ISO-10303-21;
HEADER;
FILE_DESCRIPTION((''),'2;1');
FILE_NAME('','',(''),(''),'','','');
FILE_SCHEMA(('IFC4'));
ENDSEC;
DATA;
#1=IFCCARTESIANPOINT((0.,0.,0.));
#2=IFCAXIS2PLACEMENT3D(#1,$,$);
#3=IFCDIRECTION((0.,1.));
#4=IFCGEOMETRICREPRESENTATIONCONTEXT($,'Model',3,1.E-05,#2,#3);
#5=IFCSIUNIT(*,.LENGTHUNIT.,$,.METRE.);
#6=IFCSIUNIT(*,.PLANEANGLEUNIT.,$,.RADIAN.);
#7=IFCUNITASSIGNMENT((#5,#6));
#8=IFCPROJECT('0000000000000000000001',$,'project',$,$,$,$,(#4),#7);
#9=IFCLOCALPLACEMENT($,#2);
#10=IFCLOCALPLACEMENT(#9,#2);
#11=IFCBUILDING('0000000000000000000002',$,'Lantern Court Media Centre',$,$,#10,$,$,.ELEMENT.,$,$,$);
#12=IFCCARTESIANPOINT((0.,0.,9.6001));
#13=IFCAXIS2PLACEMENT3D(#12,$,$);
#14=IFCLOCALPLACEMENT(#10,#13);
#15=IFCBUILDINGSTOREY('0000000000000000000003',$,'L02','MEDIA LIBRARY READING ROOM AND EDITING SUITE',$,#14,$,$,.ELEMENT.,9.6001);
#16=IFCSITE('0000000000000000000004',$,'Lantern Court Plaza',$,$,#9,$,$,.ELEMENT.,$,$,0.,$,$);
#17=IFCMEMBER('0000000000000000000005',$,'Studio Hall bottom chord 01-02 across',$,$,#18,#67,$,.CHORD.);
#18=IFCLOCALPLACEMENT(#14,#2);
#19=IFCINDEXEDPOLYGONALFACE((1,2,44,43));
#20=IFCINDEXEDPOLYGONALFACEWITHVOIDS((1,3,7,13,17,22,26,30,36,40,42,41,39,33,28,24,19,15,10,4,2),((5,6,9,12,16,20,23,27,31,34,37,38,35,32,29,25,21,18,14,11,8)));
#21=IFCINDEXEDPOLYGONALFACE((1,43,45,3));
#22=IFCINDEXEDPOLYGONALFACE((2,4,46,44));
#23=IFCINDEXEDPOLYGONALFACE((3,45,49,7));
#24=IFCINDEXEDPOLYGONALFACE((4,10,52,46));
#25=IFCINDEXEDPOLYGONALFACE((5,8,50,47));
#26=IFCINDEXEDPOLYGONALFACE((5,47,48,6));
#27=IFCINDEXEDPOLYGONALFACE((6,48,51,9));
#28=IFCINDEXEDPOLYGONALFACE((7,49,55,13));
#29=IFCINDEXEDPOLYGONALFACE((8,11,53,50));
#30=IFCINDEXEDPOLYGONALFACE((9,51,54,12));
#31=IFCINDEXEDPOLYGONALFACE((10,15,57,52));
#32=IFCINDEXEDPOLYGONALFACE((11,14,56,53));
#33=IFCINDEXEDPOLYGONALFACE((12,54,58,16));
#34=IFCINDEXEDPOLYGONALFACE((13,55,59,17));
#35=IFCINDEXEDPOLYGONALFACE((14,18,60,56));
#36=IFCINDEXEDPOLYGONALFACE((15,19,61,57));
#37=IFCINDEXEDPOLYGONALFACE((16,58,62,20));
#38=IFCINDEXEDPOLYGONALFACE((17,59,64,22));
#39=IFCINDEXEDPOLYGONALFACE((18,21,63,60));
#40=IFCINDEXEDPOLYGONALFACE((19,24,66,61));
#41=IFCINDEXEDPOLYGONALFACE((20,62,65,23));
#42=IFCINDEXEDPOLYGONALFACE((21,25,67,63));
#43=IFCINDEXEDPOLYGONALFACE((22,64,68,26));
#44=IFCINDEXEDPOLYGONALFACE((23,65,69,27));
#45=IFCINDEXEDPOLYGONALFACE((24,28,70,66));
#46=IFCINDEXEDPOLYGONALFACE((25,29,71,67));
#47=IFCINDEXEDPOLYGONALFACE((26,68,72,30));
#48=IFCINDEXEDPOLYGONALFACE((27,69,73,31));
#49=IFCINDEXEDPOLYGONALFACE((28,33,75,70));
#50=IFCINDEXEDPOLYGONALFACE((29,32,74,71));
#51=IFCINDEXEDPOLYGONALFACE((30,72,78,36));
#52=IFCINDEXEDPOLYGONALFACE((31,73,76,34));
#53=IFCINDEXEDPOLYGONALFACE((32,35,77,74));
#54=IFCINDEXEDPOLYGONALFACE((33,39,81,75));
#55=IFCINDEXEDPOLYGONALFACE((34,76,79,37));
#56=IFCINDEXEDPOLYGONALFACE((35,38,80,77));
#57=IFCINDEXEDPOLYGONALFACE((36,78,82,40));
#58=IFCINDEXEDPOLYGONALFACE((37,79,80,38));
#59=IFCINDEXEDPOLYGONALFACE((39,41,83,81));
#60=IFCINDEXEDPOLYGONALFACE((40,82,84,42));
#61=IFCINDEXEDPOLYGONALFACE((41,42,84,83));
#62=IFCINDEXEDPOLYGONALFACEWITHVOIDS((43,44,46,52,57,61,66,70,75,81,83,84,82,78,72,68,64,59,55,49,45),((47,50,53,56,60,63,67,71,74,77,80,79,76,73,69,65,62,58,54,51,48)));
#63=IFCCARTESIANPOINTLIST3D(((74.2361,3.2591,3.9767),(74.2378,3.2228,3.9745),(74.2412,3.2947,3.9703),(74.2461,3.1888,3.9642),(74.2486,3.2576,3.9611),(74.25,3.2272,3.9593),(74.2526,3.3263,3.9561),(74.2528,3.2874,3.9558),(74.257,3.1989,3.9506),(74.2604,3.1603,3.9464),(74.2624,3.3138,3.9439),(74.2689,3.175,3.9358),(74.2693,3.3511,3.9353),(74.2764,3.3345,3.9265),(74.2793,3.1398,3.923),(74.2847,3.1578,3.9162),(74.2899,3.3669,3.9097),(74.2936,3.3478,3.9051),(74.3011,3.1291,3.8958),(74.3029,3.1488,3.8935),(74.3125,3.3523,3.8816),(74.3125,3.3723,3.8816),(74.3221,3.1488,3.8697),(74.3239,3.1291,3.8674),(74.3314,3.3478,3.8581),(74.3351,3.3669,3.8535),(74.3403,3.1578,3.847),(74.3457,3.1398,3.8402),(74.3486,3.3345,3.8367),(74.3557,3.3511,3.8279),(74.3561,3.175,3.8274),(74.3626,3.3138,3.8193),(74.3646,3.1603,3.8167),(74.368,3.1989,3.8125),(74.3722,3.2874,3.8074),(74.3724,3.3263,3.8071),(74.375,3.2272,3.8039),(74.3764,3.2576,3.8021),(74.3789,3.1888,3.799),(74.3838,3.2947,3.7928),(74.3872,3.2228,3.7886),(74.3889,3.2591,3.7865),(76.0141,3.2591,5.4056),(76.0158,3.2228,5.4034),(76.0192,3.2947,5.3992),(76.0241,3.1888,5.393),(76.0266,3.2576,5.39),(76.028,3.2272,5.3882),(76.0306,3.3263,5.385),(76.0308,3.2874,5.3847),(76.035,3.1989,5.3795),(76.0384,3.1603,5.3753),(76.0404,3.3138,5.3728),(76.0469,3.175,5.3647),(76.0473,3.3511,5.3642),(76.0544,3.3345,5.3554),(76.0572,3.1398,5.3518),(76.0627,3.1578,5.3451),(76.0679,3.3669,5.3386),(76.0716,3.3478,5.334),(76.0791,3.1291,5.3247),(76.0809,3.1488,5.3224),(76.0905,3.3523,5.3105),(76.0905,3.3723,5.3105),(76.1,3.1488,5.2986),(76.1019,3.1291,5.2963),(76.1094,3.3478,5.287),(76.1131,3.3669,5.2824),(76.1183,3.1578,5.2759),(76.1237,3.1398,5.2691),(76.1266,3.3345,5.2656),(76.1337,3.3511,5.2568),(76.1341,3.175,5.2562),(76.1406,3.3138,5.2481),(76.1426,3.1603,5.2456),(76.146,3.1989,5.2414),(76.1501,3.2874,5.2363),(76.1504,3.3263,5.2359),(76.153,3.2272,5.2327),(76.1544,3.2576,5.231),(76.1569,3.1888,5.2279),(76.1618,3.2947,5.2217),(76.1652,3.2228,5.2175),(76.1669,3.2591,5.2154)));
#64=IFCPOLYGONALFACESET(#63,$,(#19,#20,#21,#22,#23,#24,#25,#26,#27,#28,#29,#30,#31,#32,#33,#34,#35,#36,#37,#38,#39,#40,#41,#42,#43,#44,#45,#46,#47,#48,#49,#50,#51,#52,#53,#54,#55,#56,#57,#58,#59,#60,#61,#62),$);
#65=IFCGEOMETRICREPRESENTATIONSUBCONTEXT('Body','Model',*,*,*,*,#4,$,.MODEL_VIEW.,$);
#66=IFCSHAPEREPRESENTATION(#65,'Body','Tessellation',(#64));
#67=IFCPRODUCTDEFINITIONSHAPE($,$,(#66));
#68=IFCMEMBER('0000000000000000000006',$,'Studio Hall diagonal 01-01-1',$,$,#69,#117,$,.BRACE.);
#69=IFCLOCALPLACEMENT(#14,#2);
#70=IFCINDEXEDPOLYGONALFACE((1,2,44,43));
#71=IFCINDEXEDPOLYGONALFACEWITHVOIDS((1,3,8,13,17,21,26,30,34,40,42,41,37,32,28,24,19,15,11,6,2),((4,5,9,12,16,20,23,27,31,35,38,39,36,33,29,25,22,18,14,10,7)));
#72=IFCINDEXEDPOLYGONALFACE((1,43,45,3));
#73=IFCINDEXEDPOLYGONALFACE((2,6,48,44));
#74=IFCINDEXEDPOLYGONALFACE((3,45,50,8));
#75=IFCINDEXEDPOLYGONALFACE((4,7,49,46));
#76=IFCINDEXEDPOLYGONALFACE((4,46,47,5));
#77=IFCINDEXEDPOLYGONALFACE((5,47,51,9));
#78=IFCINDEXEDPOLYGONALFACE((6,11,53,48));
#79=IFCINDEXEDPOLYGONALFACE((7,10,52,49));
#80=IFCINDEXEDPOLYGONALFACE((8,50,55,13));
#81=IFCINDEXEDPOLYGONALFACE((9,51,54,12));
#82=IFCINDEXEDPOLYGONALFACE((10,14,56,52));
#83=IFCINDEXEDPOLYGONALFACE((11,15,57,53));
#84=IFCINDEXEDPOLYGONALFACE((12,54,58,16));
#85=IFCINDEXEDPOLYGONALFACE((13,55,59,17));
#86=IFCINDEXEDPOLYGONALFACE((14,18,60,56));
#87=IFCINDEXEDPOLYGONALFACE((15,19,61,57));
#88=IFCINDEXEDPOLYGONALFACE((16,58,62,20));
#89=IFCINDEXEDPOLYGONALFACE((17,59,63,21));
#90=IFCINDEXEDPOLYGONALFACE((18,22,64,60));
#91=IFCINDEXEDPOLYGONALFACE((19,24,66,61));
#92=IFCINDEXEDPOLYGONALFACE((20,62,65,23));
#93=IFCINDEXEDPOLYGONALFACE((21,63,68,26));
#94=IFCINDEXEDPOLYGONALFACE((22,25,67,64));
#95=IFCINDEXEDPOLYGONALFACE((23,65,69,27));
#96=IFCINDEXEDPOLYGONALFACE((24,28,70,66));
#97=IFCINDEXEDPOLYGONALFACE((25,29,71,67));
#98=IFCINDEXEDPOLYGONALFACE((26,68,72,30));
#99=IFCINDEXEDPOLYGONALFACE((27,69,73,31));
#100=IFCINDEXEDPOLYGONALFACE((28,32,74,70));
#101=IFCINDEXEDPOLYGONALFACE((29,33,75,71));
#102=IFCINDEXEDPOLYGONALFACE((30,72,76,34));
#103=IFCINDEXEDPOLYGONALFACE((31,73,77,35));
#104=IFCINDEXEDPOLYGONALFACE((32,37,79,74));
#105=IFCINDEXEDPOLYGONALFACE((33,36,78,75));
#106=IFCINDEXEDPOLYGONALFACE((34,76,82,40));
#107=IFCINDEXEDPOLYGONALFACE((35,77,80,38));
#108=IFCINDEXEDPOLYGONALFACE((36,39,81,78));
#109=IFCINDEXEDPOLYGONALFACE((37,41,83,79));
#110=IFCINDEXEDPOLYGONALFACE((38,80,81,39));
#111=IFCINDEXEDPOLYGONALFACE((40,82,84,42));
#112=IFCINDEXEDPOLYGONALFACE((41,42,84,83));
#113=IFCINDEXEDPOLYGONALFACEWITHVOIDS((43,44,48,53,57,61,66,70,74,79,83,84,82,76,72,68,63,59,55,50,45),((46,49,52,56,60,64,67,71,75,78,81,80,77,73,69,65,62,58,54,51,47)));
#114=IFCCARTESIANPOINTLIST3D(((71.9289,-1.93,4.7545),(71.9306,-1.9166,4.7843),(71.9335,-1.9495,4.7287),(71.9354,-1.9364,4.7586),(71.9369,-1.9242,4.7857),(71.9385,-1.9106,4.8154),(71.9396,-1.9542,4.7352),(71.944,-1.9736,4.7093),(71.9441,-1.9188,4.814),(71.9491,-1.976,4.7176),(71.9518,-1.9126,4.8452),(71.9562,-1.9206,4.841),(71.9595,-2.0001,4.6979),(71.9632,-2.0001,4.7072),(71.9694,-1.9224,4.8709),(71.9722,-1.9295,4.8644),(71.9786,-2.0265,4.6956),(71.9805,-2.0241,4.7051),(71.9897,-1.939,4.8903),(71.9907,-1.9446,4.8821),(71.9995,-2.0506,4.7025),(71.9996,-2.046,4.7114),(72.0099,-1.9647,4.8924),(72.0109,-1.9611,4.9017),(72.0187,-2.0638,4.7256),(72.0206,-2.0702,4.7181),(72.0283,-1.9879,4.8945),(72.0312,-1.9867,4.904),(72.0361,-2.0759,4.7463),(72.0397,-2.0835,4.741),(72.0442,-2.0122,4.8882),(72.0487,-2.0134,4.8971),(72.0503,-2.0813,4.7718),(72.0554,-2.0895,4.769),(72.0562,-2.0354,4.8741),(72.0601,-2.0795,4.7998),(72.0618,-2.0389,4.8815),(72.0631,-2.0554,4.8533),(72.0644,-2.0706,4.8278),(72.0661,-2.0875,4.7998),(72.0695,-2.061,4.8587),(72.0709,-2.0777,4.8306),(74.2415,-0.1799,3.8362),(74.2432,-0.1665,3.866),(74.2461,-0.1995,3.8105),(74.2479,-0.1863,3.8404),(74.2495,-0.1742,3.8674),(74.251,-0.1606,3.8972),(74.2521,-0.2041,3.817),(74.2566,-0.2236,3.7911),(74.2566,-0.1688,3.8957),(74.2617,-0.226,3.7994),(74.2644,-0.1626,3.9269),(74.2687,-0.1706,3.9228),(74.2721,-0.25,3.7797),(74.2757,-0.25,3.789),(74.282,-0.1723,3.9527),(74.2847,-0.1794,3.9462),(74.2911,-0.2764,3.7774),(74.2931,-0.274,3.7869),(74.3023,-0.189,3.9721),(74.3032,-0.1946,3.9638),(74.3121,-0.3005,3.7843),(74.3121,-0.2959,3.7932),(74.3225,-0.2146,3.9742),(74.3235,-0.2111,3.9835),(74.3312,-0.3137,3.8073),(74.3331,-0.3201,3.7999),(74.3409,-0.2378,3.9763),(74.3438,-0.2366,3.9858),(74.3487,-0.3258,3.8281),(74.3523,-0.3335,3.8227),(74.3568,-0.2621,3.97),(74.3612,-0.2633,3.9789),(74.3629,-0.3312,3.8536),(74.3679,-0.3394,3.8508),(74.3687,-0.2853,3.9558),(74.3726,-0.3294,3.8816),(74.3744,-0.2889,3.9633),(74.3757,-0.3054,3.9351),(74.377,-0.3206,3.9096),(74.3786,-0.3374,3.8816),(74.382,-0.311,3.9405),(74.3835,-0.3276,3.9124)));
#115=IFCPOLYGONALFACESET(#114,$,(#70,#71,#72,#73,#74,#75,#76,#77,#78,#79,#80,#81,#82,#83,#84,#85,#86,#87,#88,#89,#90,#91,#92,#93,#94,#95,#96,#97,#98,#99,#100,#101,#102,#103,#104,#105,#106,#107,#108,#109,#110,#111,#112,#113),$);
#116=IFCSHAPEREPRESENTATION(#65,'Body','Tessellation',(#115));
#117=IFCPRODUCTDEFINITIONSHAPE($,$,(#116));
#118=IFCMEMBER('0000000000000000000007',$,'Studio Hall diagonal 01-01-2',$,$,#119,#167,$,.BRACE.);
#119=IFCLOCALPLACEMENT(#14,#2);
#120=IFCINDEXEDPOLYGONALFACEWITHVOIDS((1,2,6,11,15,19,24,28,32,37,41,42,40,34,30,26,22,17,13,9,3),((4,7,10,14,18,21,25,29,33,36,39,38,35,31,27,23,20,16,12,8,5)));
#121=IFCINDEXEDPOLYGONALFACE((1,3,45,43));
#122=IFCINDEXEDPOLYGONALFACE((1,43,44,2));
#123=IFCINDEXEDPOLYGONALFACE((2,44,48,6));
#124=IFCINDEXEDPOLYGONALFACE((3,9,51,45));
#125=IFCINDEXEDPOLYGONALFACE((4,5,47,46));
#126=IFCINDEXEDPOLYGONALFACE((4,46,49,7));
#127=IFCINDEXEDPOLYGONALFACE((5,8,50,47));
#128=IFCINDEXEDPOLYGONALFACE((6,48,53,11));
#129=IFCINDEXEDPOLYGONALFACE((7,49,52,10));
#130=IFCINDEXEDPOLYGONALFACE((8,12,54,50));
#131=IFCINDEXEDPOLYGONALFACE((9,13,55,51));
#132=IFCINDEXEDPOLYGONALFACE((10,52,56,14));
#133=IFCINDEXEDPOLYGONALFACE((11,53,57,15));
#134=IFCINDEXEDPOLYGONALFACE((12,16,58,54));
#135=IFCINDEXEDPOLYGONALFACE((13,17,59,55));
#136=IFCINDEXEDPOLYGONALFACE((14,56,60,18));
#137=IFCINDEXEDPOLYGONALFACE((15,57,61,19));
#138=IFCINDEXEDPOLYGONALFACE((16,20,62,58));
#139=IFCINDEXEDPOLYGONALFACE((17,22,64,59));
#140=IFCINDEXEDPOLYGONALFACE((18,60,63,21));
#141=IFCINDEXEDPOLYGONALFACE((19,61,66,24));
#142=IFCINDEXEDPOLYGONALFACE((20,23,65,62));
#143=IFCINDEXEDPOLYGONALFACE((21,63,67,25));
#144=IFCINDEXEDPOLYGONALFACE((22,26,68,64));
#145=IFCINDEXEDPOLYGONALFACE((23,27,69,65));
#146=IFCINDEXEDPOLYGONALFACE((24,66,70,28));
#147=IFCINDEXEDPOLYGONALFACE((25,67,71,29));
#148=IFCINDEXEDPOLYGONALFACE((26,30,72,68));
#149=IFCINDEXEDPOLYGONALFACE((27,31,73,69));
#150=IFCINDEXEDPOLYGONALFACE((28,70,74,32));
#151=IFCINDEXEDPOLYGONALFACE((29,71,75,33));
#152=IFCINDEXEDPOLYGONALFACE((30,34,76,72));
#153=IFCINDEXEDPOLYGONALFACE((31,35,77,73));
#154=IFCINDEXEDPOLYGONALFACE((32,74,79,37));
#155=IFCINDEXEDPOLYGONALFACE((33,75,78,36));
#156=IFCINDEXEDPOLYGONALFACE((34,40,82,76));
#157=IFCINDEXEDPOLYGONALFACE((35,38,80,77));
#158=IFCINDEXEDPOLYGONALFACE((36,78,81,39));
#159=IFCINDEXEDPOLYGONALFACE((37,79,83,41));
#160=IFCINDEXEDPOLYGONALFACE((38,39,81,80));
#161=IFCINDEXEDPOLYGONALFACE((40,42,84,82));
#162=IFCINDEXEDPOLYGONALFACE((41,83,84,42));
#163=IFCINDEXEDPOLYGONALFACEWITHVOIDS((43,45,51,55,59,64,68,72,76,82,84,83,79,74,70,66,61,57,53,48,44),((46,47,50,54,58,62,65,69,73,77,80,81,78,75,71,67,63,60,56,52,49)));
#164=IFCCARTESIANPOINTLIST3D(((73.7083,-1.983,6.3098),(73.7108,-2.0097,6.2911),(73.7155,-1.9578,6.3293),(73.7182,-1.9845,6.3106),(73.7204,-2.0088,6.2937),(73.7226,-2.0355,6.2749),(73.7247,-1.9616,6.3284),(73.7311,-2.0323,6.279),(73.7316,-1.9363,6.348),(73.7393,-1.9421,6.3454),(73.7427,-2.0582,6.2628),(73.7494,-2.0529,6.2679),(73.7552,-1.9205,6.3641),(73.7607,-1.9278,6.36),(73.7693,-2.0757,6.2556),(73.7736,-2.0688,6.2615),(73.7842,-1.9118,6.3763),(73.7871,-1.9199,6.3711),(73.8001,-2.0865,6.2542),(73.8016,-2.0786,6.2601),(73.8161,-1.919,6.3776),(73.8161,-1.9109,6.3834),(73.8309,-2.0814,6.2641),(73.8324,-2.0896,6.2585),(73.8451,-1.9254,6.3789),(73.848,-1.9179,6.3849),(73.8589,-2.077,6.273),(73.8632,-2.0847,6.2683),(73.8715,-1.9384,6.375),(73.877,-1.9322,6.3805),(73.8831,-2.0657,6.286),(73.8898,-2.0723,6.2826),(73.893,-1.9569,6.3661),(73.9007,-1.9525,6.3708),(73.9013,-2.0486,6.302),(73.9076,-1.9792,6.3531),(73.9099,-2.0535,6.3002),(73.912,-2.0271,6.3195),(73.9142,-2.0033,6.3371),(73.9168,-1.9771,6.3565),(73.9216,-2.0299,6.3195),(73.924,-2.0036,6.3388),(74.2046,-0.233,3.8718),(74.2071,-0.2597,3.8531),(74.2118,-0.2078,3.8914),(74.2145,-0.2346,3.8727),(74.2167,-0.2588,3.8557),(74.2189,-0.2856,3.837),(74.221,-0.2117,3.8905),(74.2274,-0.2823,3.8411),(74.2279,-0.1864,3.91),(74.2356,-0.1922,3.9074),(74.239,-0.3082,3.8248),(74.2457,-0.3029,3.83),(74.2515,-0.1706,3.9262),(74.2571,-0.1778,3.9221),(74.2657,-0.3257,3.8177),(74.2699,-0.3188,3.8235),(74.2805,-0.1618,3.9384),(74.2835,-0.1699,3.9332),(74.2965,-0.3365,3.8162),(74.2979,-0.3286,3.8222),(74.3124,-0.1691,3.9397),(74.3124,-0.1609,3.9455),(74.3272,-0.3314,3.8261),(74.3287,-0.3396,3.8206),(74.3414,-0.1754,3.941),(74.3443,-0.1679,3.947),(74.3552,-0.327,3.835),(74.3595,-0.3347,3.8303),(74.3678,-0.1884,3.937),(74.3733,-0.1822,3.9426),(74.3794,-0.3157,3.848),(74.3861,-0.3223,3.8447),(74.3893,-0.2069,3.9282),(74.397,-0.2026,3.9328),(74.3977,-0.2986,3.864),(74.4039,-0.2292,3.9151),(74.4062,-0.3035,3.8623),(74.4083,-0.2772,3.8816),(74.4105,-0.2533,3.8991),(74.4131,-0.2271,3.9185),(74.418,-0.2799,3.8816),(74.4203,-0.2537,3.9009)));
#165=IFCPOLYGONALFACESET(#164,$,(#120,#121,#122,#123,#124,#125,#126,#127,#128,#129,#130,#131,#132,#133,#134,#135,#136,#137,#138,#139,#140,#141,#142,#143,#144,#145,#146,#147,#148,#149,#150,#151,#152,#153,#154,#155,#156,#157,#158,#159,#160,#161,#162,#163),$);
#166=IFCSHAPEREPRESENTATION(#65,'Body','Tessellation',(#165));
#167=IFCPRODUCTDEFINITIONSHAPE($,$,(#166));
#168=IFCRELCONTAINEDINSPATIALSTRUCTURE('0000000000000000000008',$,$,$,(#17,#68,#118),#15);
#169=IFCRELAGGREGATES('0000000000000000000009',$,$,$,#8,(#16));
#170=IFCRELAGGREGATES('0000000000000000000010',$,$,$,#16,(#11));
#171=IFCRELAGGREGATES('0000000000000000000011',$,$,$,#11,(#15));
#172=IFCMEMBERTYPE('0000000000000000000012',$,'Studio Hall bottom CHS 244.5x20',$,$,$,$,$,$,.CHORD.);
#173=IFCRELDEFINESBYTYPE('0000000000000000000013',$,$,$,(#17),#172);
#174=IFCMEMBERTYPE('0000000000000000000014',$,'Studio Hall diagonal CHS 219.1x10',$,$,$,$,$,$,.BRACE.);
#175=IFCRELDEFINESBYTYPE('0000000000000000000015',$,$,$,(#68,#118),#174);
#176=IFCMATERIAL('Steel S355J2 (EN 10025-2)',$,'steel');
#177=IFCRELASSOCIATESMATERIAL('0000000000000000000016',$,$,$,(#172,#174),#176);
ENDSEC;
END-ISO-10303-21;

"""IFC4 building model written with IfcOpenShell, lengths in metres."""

from ifc_helpers import new_model, si_unit, direction, frame, origin, origin_2d, place, context, subcontext, project, spatial, hollow_circle, extrude, material, material_profile, profile_set, type_object, element, save


model = new_model("IFC4")

# Units and contexts
model_context = context("Model", 3, precision=1e-05, world=origin(), true_north=direction((0.0, 1.0)))
body_context = subcontext(model_context, "Body", "Model", "MODEL_VIEW")
ifc_project = project(units=[si_unit("LENGTHUNIT", "METRE"), si_unit("PLANEANGLEUNIT", "RADIAN")], contexts=[model_context])

# Site, building, storey
site_placement = place(None, origin())
site = spatial("IfcSite", under=ifc_project, at=site_placement, Name="Lantern Court Plaza", CompositionType="ELEMENT", RefElevation=0.0)
building_placement = place(site_placement, origin())
building = spatial("IfcBuilding", under=site, at=building_placement, Name="Lantern Court Media Centre", CompositionType="ELEMENT")
storey_placement = place(building_placement, frame((0.0, 0.0, 9.6001)))
storey = spatial("IfcBuildingStorey", under=building, at=storey_placement, Name="L02", Description="MEDIA LIBRARY READING ROOM AND EDITING SUITE", CompositionType="ELEMENT", Elevation=9.6001)

# Members
ifc_material_1 = material(Name="Steel S355J2 (EN 10025-2)", Category="steel")
ifc_material_profile_1 = material_profile(ifc_material_1, hollow_circle(Radius=0.1223, WallThickness=0.02, at=origin_2d()), Name="Studio Hall bottom CHS 244.5x20")
ifc_profile_set_1 = profile_set([ifc_material_profile_1], Name="Steel S355J2 (EN 10025-2)")
member_type_1 = type_object("IfcMemberType", Name="Studio Hall bottom CHS 244.5x20", PredefinedType="CHORD", material=ifc_profile_set_1)
for number, where, z_axis, x_axis, name in (
    (1, (74.3125, 3.25, 3.8816), (0.779478, 0.0, 0.626429), (0.0, 1.0, 0.0), "Studio Hall bottom chord 01-02 across"),
):
    element("IfcMember", number, at=place(storey_placement, frame(where, z_axis=z_axis, x_axis=x_axis)), inside=storey, type_object=member_type_1, Name=name, PredefinedType="CHORD", context=body_context, shape_type="SweptSolid", body=[
        extrude(hollow_circle(Radius=0.1223, WallThickness=0.02, at=origin_2d()), origin(), (0.0, 0.0, 1.0), 2.281),
    ])
ifc_material_profile_2 = material_profile(ifc_material_1, hollow_circle(Radius=0.1096, WallThickness=0.01, at=origin_2d()), Name="Studio Hall diagonal CHS 219.1x10")
ifc_profile_set_2 = profile_set([ifc_material_profile_2], Name="Steel S355J2 (EN 10025-2)")
member_type_2 = type_object("IfcMemberType", Name="Studio Hall diagonal CHS 219.1x10", PredefinedType="BRACE", material=ifc_profile_set_2)
member_1_placement = place(storey_placement, frame((74.3125, -0.25, 3.8816), z_axis=(-0.760211, -0.575295, 0.301853), x_axis=(0.603443, -0.797406, 0.0)))
element("IfcMember", 2, at=member_1_placement, inside=storey, type_object=member_type_2, Name="Studio Hall diagonal 01-01-1", PredefinedType="BRACE", context=body_context, shape_type="SweptSolid", body=[
    extrude(hollow_circle(Radius=0.1096, WallThickness=0.01, at=origin_2d()), origin(), (0.0, 0.0, 1.0), 3.042),
])
for number, where, z_axis, x_axis, name in (
    (3, (74.3125, -0.25, 3.8816), (-0.163172, -0.575314, 0.801491), (0.962054, -0.272859, 0.0), "Studio Hall diagonal 01-01-2"),
):
    element("IfcMember", number, at=place(storey_placement, frame(where, z_axis=z_axis, x_axis=x_axis)), inside=storey, type_object=member_type_2, Name=name, PredefinedType="BRACE", context=body_context, shape_type="SweptSolid", body=[
        extrude(hollow_circle(Radius=0.1096, WallThickness=0.01, at=origin_2d()), origin(), (0.0, 0.0, 1.0), 3.0417),
    ])

save(model, "model.ifc")
